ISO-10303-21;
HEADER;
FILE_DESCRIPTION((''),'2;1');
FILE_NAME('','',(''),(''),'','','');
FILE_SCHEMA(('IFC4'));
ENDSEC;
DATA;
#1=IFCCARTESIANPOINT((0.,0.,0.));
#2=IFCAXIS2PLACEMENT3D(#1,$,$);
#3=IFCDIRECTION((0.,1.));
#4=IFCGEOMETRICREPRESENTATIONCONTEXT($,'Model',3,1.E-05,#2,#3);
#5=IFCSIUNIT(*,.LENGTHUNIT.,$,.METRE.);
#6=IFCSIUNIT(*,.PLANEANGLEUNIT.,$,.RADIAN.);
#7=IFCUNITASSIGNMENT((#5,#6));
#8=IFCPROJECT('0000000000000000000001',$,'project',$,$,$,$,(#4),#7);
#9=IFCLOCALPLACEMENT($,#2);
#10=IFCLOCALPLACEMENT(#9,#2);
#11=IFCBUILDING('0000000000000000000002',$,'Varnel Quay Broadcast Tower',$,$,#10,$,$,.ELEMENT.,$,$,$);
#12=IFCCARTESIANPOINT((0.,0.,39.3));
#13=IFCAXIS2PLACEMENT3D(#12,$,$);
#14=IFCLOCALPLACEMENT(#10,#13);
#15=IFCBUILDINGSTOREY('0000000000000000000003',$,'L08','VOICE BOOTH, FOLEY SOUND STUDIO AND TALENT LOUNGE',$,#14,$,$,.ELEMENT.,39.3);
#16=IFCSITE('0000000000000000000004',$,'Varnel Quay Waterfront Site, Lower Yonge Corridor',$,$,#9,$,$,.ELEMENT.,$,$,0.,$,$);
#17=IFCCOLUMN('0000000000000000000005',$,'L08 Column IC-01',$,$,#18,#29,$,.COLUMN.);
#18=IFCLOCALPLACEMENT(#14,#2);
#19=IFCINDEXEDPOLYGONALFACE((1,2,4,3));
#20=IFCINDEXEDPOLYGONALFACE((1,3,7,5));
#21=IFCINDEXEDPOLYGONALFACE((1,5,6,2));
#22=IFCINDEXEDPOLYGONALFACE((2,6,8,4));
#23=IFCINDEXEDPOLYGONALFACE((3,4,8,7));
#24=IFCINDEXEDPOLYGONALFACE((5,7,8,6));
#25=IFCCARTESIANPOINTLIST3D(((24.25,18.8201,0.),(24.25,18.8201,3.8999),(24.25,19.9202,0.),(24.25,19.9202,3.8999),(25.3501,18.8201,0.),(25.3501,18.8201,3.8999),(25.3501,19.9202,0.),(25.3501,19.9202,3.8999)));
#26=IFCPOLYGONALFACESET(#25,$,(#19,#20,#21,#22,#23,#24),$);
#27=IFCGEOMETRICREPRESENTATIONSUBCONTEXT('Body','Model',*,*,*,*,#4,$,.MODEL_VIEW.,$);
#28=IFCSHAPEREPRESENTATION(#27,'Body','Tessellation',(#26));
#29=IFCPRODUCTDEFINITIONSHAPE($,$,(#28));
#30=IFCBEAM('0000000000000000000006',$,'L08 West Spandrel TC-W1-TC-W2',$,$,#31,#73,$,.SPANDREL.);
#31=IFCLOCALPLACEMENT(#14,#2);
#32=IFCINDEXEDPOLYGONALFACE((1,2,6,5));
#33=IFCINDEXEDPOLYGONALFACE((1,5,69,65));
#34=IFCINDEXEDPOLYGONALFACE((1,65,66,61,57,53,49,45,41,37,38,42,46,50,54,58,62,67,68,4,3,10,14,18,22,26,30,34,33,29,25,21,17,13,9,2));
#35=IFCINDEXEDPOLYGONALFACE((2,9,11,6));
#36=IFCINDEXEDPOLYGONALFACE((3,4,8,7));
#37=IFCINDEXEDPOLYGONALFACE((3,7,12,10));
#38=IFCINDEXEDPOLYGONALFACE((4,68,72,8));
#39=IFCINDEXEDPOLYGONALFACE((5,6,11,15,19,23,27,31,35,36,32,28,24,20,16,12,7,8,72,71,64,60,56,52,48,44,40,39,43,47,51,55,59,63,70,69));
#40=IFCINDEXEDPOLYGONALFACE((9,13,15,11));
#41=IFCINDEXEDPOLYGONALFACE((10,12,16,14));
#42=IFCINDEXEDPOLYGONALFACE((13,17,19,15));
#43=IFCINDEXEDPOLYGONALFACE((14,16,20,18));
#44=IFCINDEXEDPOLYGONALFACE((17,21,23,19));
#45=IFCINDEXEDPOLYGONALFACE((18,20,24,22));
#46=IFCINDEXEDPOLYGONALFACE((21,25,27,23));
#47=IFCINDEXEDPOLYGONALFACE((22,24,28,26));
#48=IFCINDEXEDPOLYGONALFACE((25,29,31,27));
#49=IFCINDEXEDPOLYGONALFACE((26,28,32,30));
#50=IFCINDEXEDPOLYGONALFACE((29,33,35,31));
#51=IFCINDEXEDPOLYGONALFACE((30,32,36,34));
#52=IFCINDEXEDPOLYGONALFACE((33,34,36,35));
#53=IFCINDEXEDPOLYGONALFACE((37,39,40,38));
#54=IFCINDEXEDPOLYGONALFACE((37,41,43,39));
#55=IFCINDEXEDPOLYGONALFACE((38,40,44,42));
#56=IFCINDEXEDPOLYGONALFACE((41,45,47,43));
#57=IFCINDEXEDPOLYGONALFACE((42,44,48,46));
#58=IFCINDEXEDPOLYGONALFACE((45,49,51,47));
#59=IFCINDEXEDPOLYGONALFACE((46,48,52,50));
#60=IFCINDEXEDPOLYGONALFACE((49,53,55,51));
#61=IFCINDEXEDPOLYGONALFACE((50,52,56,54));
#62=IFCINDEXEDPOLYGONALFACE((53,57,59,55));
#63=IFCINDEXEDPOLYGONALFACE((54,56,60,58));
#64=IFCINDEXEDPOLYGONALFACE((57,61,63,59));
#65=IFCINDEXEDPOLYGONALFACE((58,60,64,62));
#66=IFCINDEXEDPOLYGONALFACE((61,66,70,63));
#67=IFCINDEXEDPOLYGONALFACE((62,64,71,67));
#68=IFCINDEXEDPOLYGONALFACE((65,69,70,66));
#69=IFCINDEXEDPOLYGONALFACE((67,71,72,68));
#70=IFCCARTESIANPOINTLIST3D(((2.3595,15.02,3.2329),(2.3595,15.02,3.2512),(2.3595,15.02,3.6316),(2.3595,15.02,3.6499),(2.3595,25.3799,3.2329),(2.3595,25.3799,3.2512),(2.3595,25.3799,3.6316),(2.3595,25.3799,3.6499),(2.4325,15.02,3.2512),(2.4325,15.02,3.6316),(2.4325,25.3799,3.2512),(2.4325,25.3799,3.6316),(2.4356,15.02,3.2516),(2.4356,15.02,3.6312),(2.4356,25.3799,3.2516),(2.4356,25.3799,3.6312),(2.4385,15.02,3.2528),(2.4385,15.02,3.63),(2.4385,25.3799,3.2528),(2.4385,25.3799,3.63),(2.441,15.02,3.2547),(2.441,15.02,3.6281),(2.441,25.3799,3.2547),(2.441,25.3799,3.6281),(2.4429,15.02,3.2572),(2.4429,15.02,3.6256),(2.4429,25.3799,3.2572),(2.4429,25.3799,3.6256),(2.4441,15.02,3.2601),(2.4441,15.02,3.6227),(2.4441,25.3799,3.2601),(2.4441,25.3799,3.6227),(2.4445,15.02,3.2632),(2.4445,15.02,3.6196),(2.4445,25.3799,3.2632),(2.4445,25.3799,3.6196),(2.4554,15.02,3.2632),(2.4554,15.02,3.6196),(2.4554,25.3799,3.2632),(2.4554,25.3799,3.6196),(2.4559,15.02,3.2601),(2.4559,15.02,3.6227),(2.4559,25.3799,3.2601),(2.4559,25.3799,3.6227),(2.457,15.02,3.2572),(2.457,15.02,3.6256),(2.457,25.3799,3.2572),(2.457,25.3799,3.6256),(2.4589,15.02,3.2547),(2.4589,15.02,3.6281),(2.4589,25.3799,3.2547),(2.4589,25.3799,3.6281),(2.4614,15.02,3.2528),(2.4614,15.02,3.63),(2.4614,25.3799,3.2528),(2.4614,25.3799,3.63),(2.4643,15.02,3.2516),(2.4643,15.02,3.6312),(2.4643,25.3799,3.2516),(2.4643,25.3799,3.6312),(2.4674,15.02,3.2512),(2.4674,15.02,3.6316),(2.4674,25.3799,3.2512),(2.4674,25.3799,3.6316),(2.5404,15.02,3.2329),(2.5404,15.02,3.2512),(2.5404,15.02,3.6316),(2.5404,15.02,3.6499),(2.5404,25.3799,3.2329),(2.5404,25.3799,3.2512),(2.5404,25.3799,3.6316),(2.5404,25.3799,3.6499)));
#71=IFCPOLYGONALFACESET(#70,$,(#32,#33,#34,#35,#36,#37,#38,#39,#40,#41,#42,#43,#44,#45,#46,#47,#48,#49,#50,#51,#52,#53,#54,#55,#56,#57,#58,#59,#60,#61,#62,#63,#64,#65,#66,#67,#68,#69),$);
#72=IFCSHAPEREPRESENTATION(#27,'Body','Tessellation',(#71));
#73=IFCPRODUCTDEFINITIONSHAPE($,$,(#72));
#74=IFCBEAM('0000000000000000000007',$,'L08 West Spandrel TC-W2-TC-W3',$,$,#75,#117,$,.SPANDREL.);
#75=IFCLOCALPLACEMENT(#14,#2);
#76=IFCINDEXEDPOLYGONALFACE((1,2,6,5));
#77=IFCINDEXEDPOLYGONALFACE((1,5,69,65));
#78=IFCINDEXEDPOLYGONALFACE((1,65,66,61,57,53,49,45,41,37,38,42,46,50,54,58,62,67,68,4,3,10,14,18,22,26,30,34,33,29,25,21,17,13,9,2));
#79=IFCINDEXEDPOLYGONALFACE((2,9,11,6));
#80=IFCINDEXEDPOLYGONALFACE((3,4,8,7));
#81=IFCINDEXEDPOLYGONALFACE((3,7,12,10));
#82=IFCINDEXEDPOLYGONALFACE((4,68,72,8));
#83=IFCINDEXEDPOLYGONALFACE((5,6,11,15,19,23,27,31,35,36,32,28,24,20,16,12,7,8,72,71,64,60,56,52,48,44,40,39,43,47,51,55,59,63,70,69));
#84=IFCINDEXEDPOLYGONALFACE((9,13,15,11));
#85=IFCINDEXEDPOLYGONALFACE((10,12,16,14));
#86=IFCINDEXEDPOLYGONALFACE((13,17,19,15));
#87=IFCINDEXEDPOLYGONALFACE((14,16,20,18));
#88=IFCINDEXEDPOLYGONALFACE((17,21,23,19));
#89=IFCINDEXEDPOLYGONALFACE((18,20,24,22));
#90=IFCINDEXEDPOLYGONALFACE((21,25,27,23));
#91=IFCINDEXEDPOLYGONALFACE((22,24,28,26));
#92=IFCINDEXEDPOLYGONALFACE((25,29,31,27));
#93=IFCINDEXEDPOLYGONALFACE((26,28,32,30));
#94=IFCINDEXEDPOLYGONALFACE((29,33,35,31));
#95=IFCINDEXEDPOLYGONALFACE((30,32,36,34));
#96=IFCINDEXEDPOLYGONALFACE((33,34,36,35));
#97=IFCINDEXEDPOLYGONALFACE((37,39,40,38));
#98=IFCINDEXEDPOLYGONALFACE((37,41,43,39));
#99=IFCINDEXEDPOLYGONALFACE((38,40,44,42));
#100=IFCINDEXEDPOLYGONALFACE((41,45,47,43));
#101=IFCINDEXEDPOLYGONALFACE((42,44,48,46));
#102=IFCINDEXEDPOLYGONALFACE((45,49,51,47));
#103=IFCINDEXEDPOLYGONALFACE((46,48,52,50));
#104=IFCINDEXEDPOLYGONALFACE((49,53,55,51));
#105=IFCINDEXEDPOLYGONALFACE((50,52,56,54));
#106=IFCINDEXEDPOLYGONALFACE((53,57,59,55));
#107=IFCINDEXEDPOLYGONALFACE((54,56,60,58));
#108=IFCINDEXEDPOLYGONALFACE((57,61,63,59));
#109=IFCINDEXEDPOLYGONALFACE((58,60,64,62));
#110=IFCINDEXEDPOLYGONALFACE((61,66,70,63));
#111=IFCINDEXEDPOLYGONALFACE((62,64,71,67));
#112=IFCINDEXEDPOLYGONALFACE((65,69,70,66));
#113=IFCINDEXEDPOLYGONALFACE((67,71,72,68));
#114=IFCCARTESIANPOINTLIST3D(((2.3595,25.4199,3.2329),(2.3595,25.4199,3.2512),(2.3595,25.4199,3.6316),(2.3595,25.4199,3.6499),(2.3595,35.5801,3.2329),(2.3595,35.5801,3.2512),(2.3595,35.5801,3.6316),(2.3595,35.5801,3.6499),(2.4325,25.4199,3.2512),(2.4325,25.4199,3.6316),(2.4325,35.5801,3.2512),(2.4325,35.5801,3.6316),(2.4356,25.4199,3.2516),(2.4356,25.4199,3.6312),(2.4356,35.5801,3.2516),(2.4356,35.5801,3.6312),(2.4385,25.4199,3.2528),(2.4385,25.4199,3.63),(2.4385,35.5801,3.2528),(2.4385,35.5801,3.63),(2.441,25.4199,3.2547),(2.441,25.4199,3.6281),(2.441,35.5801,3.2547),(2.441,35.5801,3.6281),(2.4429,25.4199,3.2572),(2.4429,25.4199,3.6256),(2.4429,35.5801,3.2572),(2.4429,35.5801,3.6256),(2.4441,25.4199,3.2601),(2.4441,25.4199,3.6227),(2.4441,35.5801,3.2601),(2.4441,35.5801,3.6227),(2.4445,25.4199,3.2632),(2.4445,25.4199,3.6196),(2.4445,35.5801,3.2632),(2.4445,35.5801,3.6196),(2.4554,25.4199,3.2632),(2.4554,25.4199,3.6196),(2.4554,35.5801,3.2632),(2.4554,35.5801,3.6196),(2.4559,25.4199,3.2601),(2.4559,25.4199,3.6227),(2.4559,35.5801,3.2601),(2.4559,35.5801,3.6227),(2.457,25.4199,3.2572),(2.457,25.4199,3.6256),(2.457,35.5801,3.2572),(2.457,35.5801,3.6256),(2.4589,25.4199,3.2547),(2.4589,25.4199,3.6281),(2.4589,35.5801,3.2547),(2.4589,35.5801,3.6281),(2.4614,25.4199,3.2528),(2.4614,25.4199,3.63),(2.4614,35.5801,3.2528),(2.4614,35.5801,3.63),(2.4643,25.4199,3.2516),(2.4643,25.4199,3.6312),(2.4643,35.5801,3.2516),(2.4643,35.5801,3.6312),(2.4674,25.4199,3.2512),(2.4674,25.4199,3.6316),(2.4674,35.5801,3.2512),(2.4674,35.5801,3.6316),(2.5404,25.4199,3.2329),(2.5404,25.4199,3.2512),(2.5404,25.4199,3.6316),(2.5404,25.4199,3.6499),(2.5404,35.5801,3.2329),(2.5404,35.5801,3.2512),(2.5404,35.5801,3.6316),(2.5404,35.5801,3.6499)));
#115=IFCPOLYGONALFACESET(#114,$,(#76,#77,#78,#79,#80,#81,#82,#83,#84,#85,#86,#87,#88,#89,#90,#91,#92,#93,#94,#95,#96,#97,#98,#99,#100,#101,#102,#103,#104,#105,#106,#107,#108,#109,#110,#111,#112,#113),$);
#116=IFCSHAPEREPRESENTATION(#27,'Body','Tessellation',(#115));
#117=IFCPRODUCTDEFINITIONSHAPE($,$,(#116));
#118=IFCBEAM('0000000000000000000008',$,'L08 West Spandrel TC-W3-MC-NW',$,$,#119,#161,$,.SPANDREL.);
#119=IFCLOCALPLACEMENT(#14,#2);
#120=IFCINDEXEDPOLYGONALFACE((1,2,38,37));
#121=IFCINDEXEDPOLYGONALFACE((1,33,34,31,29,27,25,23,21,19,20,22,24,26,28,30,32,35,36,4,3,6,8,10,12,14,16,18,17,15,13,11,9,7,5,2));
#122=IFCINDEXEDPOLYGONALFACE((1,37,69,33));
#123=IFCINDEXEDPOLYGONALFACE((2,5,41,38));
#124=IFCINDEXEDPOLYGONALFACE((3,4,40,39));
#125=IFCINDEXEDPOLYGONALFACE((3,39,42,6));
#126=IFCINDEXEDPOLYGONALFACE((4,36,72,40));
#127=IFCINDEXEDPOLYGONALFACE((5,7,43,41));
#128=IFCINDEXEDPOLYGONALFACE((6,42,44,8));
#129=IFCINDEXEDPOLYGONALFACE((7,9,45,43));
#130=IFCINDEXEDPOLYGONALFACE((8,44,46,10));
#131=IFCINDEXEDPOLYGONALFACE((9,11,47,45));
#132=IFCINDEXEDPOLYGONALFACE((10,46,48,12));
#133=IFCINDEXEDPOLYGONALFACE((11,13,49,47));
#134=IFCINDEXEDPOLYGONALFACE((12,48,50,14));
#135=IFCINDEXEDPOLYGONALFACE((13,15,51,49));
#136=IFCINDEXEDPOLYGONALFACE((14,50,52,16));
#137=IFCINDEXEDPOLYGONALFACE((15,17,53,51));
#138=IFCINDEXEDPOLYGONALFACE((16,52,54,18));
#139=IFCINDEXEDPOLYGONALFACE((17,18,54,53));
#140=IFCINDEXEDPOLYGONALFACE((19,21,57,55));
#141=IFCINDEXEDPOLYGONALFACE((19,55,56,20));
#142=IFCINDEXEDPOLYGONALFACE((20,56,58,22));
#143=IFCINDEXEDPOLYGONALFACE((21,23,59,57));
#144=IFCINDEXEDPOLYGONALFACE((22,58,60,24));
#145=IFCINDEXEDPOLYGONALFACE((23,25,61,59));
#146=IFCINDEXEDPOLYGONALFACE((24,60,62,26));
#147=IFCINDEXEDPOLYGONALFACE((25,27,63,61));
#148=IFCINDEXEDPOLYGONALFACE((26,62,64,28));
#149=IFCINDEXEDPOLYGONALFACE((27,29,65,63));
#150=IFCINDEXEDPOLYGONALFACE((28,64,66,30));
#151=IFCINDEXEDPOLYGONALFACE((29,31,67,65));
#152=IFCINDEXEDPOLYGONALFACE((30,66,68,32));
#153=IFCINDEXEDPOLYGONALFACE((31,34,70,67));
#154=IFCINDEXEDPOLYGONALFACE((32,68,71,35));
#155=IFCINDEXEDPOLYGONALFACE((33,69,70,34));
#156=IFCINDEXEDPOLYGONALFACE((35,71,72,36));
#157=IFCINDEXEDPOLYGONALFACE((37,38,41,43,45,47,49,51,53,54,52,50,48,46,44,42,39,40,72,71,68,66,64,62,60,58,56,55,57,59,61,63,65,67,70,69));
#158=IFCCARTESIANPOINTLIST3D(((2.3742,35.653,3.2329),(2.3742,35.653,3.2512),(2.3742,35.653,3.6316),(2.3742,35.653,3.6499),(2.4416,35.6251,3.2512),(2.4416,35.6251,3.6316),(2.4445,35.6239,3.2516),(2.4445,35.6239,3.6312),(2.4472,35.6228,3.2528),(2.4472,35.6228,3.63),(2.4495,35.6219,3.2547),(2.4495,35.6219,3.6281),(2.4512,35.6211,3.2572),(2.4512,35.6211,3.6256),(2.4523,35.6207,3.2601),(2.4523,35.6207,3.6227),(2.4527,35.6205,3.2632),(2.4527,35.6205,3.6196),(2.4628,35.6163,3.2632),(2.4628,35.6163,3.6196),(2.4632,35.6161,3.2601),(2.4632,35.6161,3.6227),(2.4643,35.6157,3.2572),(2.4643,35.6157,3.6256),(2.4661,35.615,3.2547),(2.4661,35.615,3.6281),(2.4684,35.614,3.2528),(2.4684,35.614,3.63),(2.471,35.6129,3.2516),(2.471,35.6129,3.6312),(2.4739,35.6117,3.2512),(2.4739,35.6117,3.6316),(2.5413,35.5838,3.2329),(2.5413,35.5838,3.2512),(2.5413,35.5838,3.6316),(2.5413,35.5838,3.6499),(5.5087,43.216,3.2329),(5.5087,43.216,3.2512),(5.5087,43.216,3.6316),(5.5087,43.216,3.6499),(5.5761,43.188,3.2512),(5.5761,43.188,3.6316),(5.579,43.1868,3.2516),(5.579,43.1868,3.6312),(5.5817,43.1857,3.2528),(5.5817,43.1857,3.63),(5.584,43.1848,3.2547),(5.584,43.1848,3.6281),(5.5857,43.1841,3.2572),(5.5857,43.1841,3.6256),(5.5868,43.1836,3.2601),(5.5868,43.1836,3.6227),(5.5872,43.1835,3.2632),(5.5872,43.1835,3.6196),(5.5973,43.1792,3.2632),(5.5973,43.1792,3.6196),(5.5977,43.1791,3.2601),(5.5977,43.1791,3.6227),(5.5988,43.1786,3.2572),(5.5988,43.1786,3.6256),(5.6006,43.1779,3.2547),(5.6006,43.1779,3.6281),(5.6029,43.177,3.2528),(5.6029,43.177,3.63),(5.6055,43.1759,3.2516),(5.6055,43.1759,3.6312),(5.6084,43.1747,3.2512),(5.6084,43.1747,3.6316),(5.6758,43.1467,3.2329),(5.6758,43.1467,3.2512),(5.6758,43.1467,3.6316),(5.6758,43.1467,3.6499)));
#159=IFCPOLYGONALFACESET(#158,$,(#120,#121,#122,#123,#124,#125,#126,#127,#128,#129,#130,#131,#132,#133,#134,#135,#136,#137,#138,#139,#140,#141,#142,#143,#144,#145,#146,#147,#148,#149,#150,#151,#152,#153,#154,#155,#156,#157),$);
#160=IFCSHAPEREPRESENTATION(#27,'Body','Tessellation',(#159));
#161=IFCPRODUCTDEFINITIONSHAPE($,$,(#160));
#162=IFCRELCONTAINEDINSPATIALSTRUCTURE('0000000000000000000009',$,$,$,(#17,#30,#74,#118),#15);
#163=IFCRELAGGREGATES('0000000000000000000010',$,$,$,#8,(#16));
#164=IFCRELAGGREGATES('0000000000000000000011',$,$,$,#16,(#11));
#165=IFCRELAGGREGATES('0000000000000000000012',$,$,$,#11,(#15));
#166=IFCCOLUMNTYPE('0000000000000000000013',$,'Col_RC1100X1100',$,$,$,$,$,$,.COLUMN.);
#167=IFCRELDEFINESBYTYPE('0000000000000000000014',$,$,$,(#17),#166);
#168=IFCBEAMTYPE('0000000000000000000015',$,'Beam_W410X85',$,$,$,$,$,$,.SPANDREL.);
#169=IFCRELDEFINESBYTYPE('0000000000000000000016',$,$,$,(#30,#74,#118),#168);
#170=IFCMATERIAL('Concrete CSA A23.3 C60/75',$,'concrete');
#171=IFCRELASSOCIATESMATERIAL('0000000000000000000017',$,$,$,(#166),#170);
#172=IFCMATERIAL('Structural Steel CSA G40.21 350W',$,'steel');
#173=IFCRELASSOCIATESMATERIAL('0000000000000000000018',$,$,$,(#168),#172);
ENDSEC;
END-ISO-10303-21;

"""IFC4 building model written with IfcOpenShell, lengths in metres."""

from ifc_helpers import new_model, si_unit, direction, frame, origin, origin_2d, place, context, subcontext, project, spatial, rectangle, i_section, extrude, source, transform, mapped, material, material_profile, profile_set, type_object, type_shapes, element, save


model = new_model("IFC4")

# Units and contexts
model_context = context("Model", 3, precision=1e-05, world=origin(), true_north=direction((0.0, 1.0)))
body_context = subcontext(model_context, "Body", "Model", "MODEL_VIEW")
ifc_project = project(units=[si_unit("LENGTHUNIT", "METRE"), si_unit("PLANEANGLEUNIT", "RADIAN")], contexts=[model_context])

# Site, building, storey
site_placement = place(None, origin())
site = spatial("IfcSite", under=ifc_project, at=site_placement, Name="Varnel Quay Waterfront Site, Lower Yonge Corridor", CompositionType="ELEMENT", RefElevation=0.0)
building_placement = place(site_placement, origin())
building = spatial("IfcBuilding", under=site, at=building_placement, Name="Varnel Quay Broadcast Tower", CompositionType="ELEMENT")
storey_placement = place(building_placement, frame((0.0, 0.0, 39.3)))
storey = spatial("IfcBuildingStorey", under=building, at=storey_placement, Name="L08", Description="VOICE BOOTH, FOLEY SOUND STUDIO AND TALENT LOUNGE", CompositionType="ELEMENT", Elevation=39.3)

# Column
ifc_material_1 = material(Name="Structural Steel CSA G40.21 350W", Category="steel")
ifc_material_2 = material(Name="Concrete CSA A23.3 C60/75", Category="concrete")
ifc_material_profile_1 = material_profile(ifc_material_2, rectangle(XDim=1.1001, YDim=1.1001, at=origin_2d()), Name="RC1100X1100")
ifc_profile_set_1 = profile_set([ifc_material_profile_1], Name="Concrete CSA A23.3 C60/75")
column_type_1 = type_object("IfcColumnType", Name="Col_RC1100X1100", PredefinedType="COLUMN", material=ifc_profile_set_1)
shared_shape_1 = source(origin(), body_context, "Body", "SweptSolid", [
    extrude(rectangle(XDim=1.1001, YDim=1.1001, at=origin_2d()), origin(), (0.0, 0.0, 1.0), 3.8999),
])
type_shapes(column_type_1, [shared_shape_1])
column_placement = place(storey_placement, frame((24.8, 19.3701, 0.0), z_axis=(0.0, 0.0, 1.0), x_axis=(1.0, 0.0, 0.0)))
element("IfcColumn", 1, at=column_placement, inside=storey, type_object=column_type_1, Name="L08 Column IC-01", PredefinedType="COLUMN", context=body_context, shape_type="MappedRepresentation", body=[
    mapped(shared_shape_1, transform((0.0, 0.0, 0.0), x_axis=(1.0, 0.0, 0.0), y_axis=(0.0, 1.0, 0.0), z_axis=(0.0, 0.0, 1.0), scale=1.0)),
])

# Beams
ifc_material_profile_2 = material_profile(ifc_material_1, i_section(OverallWidth=0.1809, OverallDepth=0.417, WebThickness=0.011, FlangeThickness=0.0183, FilletRadius=0.012, at=origin_2d()), Name="W410X85")
ifc_profile_set_2 = profile_set([ifc_material_profile_2], Name="Structural Steel CSA G40.21 350W")
beam_type_1 = type_object("IfcBeamType", Name="Beam_W410X85", PredefinedType="SPANDREL", material=ifc_profile_set_2)
shared_shape_2 = source(origin(), body_context, "Body", "SweptSolid", [
    extrude(i_section(OverallWidth=0.1809, OverallDepth=0.417, WebThickness=0.011, FlangeThickness=0.0183, FilletRadius=0.012, at=origin_2d()), origin(), (0.0, 0.0, 1.0), 10.3599),
])
beam_1_placement = place(storey_placement, frame((2.45, 15.02, 3.4414), z_axis=(0.0, 1.0, 0.0), x_axis=(-1.0, 0.0, 0.0)))
element("IfcBeam", 2, at=beam_1_placement, inside=storey, type_object=beam_type_1, Name="L08 West Spandrel TC-W1-TC-W2", PredefinedType="SPANDREL", context=body_context, shape_type="MappedRepresentation", body=[
    mapped(shared_shape_2, transform((0.0, 0.0, 0.0), x_axis=(1.0, 0.0, 0.0), y_axis=(0.0, 1.0, 0.0), z_axis=(0.0, 0.0, 1.0), scale=1.0)),
])
shared_shape_3 = source(origin(), body_context, "Body", "SweptSolid", [
    extrude(i_section(OverallWidth=0.1809, OverallDepth=0.417, WebThickness=0.011, FlangeThickness=0.0183, FilletRadius=0.012, at=origin_2d()), origin(), (0.0, 0.0, 1.0), 10.1602),
])
beam_2_placement = place(storey_placement, frame((2.45, 25.4199, 3.4414), z_axis=(0.0, 1.0, 0.0), x_axis=(-1.0, 0.0, 0.0)))
element("IfcBeam", 3, at=beam_2_placement, inside=storey, type_object=beam_type_1, Name="L08 West Spandrel TC-W2-TC-W3", PredefinedType="SPANDREL", context=body_context, shape_type="MappedRepresentation", body=[
    mapped(shared_shape_3, transform((0.0, 0.0, 0.0), x_axis=(1.0, 0.0, 0.0), y_axis=(0.0, 1.0, 0.0), z_axis=(0.0, 0.0, 1.0), scale=1.0)),
])
shared_shape_4 = source(origin(), body_context, "Body", "SweptSolid", [
    extrude(i_section(OverallWidth=0.1809, OverallDepth=0.417, WebThickness=0.011, FlangeThickness=0.0183, FilletRadius=0.012, at=origin_2d()), origin(), (0.0, 0.0, 1.0), 8.1868),
])
type_shapes(beam_type_1, [shared_shape_2, shared_shape_3, shared_shape_4])
beam_3_placement = place(storey_placement, frame((2.4578, 35.6184, 3.4414), z_axis=(0.382874, 0.923801, 0.0), x_axis=(-0.923801, 0.382874, 0.0)))
element("IfcBeam", 4, at=beam_3_placement, inside=storey, type_object=beam_type_1, Name="L08 West Spandrel TC-W3-MC-NW", PredefinedType="SPANDREL", context=body_context, shape_type="MappedRepresentation", body=[
    mapped(shared_shape_4, transform((0.0, 0.0, 0.0), x_axis=(1.0, 0.0, 0.0), y_axis=(0.0, 1.0, 0.0), z_axis=(0.0, 0.0, 1.0), scale=1.0)),
])

save(model, "model.ifc")
